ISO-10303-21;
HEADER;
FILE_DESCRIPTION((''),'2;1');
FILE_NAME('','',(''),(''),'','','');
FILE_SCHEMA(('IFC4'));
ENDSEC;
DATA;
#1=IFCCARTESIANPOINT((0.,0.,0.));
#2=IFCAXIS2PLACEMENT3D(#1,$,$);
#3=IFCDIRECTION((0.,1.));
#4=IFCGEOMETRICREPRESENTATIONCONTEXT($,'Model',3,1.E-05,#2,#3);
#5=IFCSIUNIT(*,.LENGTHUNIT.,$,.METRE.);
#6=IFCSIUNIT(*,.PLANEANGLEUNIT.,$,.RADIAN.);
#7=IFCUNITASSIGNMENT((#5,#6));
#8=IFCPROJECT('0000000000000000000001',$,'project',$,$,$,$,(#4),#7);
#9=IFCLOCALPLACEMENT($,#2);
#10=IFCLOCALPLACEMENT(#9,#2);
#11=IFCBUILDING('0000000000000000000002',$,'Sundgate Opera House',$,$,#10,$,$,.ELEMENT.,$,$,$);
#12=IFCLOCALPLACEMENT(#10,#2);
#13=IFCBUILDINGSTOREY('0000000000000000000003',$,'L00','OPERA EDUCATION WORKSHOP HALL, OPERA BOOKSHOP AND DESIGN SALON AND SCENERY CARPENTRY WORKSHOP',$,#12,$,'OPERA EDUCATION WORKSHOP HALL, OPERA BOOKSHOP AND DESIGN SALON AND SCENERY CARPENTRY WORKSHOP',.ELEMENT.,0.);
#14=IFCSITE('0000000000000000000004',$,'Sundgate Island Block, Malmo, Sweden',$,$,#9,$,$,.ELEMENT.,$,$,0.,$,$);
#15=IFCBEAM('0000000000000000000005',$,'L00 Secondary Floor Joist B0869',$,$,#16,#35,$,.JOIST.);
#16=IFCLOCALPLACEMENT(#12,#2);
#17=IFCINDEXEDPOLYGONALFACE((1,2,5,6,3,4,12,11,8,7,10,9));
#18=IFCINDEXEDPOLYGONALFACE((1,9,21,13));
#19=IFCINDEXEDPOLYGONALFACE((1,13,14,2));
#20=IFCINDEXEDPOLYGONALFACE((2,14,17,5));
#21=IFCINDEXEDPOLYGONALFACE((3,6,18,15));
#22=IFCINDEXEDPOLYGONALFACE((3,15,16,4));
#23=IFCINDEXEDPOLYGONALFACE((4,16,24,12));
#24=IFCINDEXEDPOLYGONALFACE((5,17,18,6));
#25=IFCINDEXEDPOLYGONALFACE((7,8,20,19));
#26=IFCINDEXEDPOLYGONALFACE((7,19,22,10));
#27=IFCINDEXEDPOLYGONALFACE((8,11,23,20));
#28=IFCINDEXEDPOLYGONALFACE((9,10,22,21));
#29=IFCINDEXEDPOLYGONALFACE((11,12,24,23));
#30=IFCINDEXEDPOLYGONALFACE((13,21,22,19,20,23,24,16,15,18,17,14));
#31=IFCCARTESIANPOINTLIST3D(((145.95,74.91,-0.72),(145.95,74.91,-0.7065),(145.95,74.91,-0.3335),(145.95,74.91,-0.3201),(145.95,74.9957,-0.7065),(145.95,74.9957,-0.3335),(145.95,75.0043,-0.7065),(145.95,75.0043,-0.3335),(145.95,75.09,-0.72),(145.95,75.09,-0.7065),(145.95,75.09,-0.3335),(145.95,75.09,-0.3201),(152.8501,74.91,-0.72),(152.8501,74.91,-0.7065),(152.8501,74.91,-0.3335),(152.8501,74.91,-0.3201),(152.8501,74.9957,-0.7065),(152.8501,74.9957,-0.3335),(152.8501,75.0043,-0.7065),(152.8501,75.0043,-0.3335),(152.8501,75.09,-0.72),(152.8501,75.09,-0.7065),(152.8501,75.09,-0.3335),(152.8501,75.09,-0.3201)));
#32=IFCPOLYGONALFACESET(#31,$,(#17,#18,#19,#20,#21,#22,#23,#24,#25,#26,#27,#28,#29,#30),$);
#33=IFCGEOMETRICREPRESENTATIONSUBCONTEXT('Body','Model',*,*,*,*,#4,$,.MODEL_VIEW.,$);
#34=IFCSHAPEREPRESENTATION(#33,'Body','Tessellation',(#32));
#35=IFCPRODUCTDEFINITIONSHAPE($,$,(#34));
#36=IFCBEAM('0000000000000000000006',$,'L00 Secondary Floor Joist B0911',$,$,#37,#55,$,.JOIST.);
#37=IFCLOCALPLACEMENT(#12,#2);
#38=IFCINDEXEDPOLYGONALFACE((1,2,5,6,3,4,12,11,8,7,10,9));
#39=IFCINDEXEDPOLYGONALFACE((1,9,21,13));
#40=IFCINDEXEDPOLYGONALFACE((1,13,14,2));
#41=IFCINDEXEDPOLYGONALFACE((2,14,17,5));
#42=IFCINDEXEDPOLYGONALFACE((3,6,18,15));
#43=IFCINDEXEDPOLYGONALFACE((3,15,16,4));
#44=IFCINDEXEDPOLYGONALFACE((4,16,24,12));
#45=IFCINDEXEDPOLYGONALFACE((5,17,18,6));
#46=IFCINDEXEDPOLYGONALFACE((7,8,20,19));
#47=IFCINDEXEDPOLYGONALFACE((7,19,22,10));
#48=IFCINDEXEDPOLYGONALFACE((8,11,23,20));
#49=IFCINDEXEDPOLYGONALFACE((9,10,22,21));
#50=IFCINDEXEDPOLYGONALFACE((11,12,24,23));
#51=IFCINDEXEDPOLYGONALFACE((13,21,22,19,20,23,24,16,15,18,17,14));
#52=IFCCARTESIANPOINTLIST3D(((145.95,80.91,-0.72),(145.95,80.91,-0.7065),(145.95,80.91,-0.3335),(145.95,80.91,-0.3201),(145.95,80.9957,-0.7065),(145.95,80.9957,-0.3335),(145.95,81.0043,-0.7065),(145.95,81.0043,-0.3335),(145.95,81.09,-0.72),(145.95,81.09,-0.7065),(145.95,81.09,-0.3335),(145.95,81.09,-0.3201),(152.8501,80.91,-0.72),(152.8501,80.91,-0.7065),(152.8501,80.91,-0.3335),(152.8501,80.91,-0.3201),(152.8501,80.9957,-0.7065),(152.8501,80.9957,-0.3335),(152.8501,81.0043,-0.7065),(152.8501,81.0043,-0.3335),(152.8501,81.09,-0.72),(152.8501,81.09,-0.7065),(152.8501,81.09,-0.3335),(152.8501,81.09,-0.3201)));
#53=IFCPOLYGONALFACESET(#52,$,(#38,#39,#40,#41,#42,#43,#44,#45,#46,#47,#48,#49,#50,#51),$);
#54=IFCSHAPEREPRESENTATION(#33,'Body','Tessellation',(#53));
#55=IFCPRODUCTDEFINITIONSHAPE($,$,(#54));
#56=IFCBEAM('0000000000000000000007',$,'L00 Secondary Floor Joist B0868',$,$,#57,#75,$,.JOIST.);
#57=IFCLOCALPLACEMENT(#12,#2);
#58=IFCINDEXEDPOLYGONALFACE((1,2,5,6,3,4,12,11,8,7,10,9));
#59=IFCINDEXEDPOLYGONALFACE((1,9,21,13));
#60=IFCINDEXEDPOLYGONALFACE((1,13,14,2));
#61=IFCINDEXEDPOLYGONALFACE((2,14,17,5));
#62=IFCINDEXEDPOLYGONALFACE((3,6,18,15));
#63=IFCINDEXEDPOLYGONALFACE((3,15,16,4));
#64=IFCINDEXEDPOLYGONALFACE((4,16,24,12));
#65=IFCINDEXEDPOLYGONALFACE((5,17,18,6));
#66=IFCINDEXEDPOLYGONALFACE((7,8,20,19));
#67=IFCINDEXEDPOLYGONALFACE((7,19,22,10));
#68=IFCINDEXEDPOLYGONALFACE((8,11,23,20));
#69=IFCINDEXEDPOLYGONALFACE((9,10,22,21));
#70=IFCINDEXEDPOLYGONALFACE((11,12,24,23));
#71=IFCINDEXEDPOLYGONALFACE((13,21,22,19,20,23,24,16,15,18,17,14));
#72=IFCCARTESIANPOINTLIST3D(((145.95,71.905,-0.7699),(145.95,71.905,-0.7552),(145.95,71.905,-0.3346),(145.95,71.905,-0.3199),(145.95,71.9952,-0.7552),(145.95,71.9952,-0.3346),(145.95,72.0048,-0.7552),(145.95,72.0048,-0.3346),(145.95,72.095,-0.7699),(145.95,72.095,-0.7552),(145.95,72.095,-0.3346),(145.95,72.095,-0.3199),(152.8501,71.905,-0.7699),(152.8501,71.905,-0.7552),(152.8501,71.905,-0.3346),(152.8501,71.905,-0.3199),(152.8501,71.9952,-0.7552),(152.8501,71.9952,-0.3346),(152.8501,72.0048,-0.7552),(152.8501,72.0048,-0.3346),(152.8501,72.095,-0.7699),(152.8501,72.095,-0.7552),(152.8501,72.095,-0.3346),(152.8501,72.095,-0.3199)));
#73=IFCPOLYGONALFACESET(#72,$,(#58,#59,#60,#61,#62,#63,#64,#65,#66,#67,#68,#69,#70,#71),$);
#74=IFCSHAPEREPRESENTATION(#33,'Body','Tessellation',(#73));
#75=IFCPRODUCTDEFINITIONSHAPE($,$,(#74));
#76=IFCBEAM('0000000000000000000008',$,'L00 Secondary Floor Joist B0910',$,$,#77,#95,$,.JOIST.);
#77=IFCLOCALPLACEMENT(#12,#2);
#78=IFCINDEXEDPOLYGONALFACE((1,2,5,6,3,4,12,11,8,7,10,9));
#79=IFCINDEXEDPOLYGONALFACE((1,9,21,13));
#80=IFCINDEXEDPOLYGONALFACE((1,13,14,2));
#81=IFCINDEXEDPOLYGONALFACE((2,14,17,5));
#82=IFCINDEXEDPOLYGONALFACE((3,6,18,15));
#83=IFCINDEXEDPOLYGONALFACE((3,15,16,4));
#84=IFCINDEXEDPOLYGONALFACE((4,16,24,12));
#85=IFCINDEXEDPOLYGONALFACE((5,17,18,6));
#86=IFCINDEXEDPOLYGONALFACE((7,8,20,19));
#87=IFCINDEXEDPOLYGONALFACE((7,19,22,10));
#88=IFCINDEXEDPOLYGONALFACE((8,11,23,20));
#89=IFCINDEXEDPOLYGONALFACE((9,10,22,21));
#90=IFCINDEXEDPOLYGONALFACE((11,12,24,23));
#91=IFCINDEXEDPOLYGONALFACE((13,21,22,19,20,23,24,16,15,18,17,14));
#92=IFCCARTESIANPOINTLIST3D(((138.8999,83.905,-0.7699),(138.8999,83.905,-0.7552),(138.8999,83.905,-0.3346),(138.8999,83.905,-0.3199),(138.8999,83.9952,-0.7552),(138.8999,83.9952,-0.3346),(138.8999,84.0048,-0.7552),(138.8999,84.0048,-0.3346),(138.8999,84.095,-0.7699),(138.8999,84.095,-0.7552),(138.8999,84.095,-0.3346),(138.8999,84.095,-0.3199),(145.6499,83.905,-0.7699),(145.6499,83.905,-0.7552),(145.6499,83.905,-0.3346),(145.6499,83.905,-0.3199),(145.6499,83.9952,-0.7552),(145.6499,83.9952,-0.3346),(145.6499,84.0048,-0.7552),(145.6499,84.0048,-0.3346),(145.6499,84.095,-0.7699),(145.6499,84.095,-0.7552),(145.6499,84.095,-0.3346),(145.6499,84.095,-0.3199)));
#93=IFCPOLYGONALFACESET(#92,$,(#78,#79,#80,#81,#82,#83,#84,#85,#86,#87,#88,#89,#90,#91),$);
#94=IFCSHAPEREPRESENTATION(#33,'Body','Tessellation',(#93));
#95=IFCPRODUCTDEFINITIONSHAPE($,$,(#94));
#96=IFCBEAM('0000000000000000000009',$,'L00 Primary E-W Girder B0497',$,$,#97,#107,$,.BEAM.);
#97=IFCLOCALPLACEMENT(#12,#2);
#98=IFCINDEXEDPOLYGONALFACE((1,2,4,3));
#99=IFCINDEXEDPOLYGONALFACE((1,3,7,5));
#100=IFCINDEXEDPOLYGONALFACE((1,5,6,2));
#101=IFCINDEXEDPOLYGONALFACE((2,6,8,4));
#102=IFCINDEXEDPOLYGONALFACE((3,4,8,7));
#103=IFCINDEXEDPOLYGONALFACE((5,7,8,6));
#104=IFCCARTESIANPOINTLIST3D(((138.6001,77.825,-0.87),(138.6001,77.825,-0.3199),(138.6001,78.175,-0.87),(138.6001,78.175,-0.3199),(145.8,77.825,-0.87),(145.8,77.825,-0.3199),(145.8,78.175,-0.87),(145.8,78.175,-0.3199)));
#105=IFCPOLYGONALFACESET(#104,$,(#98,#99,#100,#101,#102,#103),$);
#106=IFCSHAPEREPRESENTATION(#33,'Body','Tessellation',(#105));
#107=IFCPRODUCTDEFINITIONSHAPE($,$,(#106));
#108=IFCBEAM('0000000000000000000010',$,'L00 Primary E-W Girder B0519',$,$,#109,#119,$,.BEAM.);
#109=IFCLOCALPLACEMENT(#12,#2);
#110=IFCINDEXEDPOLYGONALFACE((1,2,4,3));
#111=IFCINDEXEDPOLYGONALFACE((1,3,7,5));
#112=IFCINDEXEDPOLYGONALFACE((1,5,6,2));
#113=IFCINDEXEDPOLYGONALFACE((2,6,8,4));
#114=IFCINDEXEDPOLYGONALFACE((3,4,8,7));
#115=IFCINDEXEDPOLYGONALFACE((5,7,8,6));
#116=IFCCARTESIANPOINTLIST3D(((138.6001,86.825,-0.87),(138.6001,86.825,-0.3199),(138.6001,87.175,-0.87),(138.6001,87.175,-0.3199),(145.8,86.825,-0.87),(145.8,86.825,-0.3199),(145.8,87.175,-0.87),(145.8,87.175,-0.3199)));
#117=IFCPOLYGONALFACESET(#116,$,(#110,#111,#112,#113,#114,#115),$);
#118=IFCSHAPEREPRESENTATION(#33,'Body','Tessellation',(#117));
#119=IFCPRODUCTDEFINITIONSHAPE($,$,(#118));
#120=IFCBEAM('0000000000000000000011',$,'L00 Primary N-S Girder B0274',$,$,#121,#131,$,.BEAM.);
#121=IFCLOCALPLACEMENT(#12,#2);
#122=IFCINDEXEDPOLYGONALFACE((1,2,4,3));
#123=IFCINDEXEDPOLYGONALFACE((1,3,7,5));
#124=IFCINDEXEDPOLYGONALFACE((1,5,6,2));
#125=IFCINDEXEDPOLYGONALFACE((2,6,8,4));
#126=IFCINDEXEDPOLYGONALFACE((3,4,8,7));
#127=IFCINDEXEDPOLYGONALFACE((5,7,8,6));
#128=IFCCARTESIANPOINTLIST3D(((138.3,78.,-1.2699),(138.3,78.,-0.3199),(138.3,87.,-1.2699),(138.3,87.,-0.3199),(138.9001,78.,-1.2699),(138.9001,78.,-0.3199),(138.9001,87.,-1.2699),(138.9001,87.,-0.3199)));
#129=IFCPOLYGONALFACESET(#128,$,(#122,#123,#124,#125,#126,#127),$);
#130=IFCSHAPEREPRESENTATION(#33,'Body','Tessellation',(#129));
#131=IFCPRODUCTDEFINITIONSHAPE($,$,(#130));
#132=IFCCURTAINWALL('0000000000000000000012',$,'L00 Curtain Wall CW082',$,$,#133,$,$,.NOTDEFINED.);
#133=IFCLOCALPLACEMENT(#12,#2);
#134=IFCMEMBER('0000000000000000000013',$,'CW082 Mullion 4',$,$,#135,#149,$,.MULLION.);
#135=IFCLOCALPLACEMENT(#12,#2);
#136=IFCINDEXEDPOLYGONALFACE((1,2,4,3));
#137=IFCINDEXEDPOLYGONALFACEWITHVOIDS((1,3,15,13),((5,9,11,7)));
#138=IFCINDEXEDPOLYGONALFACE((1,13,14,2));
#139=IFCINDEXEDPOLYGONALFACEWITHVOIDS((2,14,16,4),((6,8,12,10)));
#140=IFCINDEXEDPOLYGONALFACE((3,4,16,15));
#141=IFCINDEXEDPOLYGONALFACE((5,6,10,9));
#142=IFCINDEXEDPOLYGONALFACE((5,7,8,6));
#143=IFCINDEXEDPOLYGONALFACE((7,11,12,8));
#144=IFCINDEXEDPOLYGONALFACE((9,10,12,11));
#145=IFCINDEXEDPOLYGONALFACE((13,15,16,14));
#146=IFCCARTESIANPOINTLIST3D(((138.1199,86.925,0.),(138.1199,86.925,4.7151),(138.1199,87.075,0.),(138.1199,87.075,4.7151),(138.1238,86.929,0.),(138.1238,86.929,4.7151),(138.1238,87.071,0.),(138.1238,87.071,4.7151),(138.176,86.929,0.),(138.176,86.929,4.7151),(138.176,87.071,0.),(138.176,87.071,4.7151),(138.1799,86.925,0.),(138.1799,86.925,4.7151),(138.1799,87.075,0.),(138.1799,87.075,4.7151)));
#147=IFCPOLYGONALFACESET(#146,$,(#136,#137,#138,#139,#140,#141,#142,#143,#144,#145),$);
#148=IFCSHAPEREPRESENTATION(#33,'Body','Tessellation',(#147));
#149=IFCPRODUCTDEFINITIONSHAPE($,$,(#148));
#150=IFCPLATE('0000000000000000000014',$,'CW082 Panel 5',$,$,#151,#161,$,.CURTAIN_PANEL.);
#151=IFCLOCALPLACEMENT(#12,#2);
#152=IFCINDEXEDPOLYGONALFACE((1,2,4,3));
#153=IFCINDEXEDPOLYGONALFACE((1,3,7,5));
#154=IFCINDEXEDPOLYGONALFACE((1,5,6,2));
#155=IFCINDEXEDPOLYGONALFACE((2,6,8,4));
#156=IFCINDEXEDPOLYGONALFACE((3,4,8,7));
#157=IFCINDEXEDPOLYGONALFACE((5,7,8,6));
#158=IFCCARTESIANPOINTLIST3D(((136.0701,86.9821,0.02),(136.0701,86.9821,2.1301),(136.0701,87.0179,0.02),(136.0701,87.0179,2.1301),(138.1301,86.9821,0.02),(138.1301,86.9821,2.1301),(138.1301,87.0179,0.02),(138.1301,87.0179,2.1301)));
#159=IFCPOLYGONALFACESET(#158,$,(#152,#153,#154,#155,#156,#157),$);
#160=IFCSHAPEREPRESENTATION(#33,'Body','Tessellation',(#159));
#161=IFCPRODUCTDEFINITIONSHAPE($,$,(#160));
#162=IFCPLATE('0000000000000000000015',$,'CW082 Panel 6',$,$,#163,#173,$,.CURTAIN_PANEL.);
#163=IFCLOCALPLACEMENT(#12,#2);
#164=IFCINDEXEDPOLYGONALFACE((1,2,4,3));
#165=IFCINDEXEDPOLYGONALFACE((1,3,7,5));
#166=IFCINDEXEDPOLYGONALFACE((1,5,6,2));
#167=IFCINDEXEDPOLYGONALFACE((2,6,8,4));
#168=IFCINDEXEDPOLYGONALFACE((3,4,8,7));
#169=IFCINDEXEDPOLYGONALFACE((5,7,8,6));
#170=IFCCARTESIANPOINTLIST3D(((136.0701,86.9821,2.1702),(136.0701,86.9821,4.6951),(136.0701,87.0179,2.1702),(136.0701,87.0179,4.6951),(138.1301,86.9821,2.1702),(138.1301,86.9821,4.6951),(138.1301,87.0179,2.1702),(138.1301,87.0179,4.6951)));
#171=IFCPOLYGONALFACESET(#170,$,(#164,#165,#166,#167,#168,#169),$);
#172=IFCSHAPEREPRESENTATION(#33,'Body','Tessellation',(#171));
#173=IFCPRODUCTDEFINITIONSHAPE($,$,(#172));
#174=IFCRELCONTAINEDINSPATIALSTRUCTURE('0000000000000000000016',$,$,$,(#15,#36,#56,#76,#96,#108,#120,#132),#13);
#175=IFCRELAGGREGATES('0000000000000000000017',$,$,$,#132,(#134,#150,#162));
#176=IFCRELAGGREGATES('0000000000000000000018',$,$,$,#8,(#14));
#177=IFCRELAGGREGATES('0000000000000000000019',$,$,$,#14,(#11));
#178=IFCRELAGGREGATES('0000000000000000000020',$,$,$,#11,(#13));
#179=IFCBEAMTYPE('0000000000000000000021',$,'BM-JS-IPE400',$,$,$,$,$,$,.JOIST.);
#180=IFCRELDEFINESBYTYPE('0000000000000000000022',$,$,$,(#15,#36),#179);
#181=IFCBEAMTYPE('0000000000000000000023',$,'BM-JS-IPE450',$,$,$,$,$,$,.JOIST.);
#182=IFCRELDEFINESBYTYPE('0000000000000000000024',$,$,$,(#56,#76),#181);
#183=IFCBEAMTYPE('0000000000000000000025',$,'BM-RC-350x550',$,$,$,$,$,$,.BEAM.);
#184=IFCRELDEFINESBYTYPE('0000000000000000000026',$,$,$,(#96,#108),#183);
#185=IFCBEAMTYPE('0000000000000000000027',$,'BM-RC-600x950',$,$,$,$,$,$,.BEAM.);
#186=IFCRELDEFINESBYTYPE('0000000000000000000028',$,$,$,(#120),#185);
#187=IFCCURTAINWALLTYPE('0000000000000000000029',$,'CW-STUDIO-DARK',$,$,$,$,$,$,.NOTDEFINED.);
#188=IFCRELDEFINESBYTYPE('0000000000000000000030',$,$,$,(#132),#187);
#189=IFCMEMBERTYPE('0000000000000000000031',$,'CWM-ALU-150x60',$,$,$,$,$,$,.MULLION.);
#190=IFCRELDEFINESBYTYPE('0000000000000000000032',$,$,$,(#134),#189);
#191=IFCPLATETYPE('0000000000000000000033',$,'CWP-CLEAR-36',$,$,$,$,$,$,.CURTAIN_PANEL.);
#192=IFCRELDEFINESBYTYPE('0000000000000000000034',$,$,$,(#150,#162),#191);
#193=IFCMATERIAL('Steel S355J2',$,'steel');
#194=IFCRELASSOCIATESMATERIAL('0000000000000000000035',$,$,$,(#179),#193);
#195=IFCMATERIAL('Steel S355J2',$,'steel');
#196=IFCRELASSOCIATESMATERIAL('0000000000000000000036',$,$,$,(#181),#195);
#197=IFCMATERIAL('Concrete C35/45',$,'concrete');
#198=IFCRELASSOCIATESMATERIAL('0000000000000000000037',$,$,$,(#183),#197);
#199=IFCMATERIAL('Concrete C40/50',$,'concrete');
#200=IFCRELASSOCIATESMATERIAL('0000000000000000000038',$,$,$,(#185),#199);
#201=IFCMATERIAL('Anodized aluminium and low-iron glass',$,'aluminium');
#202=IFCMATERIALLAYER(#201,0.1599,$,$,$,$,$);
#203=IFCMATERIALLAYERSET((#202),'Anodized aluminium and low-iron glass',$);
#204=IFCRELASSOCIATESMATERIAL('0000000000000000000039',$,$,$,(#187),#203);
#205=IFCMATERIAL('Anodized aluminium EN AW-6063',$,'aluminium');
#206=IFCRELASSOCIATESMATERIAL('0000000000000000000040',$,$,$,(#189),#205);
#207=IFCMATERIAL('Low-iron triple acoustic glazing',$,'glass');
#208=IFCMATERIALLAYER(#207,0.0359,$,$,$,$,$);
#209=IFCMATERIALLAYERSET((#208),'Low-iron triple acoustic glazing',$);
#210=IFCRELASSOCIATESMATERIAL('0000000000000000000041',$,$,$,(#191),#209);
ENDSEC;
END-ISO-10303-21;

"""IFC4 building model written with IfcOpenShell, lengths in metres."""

from ifc_helpers import new_model, si_unit, direction, frame, origin, origin_2d, place, context, subcontext, project, spatial, rectangle, hollow_rectangle, i_section, extrude, material, layer, layer_set, material_profile, profile_set, type_object, element, aggregate, save


model = new_model("IFC4")

# Units and contexts
model_context = context("Model", 3, precision=1e-05, world=origin(), true_north=direction((0.0, 1.0)))
body_context = subcontext(model_context, "Body", "Model", "MODEL_VIEW")
ifc_project = project(units=[si_unit("LENGTHUNIT", "METRE"), si_unit("PLANEANGLEUNIT", "RADIAN")], contexts=[model_context])

# Site, building, storey
site_placement = place(None, origin())
site = spatial("IfcSite", under=ifc_project, at=site_placement, Name="Sundgate Island Block, Malmo, Sweden", CompositionType="ELEMENT", RefElevation=0.0)
building_placement = place(site_placement, origin())
building = spatial("IfcBuilding", under=site, at=building_placement, Name="Sundgate Opera House", CompositionType="ELEMENT")
storey_placement = place(building_placement, origin())
storey = spatial("IfcBuildingStorey", under=building, at=storey_placement, Name="L00", Description="OPERA EDUCATION WORKSHOP HALL, OPERA BOOKSHOP AND DESIGN SALON AND SCENERY CARPENTRY WORKSHOP", LongName="OPERA EDUCATION WORKSHOP HALL, OPERA BOOKSHOP AND DESIGN SALON AND SCENERY CARPENTRY WORKSHOP", CompositionType="ELEMENT", Elevation=0.0)

# Beams
ifc_material_1 = material(Name="Steel S355J2", Category="steel")
ifc_material_profile_1 = material_profile(ifc_material_1, i_section(OverallWidth=0.1799, OverallDepth=0.3999, WebThickness=0.0085, FlangeThickness=0.0134, at=origin_2d()), Name="IPE 400")
ifc_profile_set_1 = profile_set([ifc_material_profile_1], Name="Steel S355J2")
beam_type_1 = type_object("IfcBeamType", Name="BM-JS-IPE400", PredefinedType="JOIST", material=ifc_profile_set_1)
for number, where, z_axis, x_axis, name in (
    (1, (145.95, 75.0, -0.52), (1.0, 0.0, 0.0), (0.0, 1.0, 0.0), "L00 Secondary Floor Joist B0869"),
    (2, (145.95, 81.0, -0.52), (1.0, 0.0, 0.0), (0.0, 1.0, 0.0), "L00 Secondary Floor Joist B0911"),
):
    element("IfcBeam", number, at=place(storey_placement, frame(where, z_axis=z_axis, x_axis=x_axis)), inside=storey, type_object=beam_type_1, Name=name, PredefinedType="JOIST", context=body_context, shape_type="SweptSolid", body=[
        extrude(i_section(OverallWidth=0.1799, OverallDepth=0.3999, WebThickness=0.0085, FlangeThickness=0.0134, at=origin_2d()), origin(), (0.0, 0.0, 1.0), 6.9001),
    ])
ifc_material_2 = material(Name="Steel S355J2", Category="steel")
ifc_material_profile_2 = material_profile(ifc_material_2, i_section(OverallWidth=0.1899, OverallDepth=0.45, WebThickness=0.0095, FlangeThickness=0.0146, at=origin_2d()), Name="IPE 450")
ifc_profile_set_2 = profile_set([ifc_material_profile_2], Name="Steel S355J2")
beam_type_2 = type_object("IfcBeamType", Name="BM-JS-IPE450", PredefinedType="JOIST", material=ifc_profile_set_2)
beam_1_placement = place(storey_placement, frame((145.95, 72.0, -0.5449), z_axis=(1.0, 0.0, 0.0), x_axis=(0.0, 1.0, 0.0)))
element("IfcBeam", 3, at=beam_1_placement, inside=storey, type_object=beam_type_2, Name="L00 Secondary Floor Joist B0868", PredefinedType="JOIST", context=body_context, shape_type="SweptSolid", body=[
    extrude(i_section(OverallWidth=0.1899, OverallDepth=0.45, WebThickness=0.0095, FlangeThickness=0.0146, at=origin_2d()), origin(), (0.0, 0.0, 1.0), 6.9001),
])
beam_2_placement = place(storey_placement, frame((138.8999, 84.0, -0.5449), z_axis=(1.0, 0.0, 0.0), x_axis=(0.0, 1.0, 0.0)))
element("IfcBeam", 4, at=beam_2_placement, inside=storey, type_object=beam_type_2, Name="L00 Secondary Floor Joist B0910", PredefinedType="JOIST", context=body_context, shape_type="SweptSolid", body=[
    extrude(i_section(OverallWidth=0.1899, OverallDepth=0.45, WebThickness=0.0095, FlangeThickness=0.0146, at=origin_2d()), origin(), (0.0, 0.0, 1.0), 6.75),
])
ifc_material_3 = material(Name="Concrete C35/45", Category="concrete")
ifc_material_profile_3 = material_profile(ifc_material_3, rectangle(XDim=0.3501, YDim=0.55, at=origin_2d()), Name="RC 350x550")
ifc_profile_set_3 = profile_set([ifc_material_profile_3], Name="Concrete C35/45")
beam_type_3 = type_object("IfcBeamType", Name="BM-RC-350x550", PredefinedType="BEAM", material=ifc_profile_set_3)
for number, where, z_axis, x_axis, name in (
    (5, (138.6001, 78.0, -0.595), (1.0, 0.0, 0.0), (0.0, 1.0, 0.0), "L00 Primary E-W Girder B0497"),
    (6, (138.6001, 87.0, -0.595), (1.0, 0.0, 0.0), (0.0, 1.0, 0.0), "L00 Primary E-W Girder B0519"),
):
    element("IfcBeam", number, at=place(storey_placement, frame(where, z_axis=z_axis, x_axis=x_axis)), inside=storey, type_object=beam_type_3, Name=name, PredefinedType="BEAM", context=body_context, shape_type="SweptSolid", body=[
        extrude(rectangle(XDim=0.3501, YDim=0.55, at=origin_2d()), origin(), (0.0, 0.0, 1.0), 7.2),
    ])
ifc_material_4 = material(Name="Concrete C40/50", Category="concrete")
ifc_material_profile_4 = material_profile(ifc_material_4, rectangle(XDim=0.6001, YDim=0.95, at=origin_2d()), Name="RC 600x950")
ifc_profile_set_4 = profile_set([ifc_material_profile_4], Name="Concrete C40/50")
beam_type_4 = type_object("IfcBeamType", Name="BM-RC-600x950", PredefinedType="BEAM", material=ifc_profile_set_4)
beam_3_placement = place(storey_placement, frame((138.6001, 78.0, -0.7949), z_axis=(0.0, 1.0, 0.0), x_axis=(-1.0, 0.0, 0.0)))
element("IfcBeam", 7, at=beam_3_placement, inside=storey, type_object=beam_type_4, Name="L00 Primary N-S Girder B0274", PredefinedType="BEAM", context=body_context, shape_type="SweptSolid", body=[
    extrude(rectangle(XDim=0.6001, YDim=0.95, at=origin_2d()), origin(), (0.0, 0.0, 1.0), 9.0),
])

# Curtain wall, member, plates
ifc_material_5 = material(Name="Anodized aluminium and low-iron glass", Category="aluminium")
ifc_layer_1 = layer(ifc_material_5, 0.1599)
ifc_layer_set_1 = layer_set([ifc_layer_1], Name="Anodized aluminium and low-iron glass")
curtain_wall_type = type_object("IfcCurtainWallType", Name="CW-STUDIO-DARK", PredefinedType="NOTDEFINED", material=ifc_layer_set_1)
curtain_wall_placement = place(storey_placement, origin())
curtain_wall = element("IfcCurtainWall", 8, at=curtain_wall_placement, inside=storey, type_object=curtain_wall_type, Name="L00 Curtain Wall CW082", PredefinedType="NOTDEFINED")
ifc_material_6 = material(Name="Anodized aluminium EN AW-6063", Category="aluminium")
ifc_material_profile_5 = material_profile(ifc_material_6, hollow_rectangle(XDim=0.0601, YDim=0.1499, WallThickness=0.0039, at=origin_2d()), Name="CWM 150x60x4")
ifc_profile_set_5 = profile_set([ifc_material_profile_5], Name="Anodized aluminium EN AW-6063")
member_type = type_object("IfcMemberType", Name="CWM-ALU-150x60", PredefinedType="MULLION", material=ifc_profile_set_5)
member_placement = place(storey_placement, frame((138.1499, 87.0, 0.0), z_axis=(0.0, 0.0, 1.0), x_axis=(1.0, 0.0, 0.0)))
member = element("IfcMember", 9, at=member_placement, type_object=member_type, Name="CW082 Mullion 4", PredefinedType="MULLION", context=body_context, shape_type="SweptSolid", body=[
    extrude(hollow_rectangle(XDim=0.0601, YDim=0.1499, WallThickness=0.0039, at=origin_2d()), origin(), (0.0, 0.0, 1.0), 4.7151),
])
ifc_material_7 = material(Name="Low-iron triple acoustic glazing", Category="glass")
ifc_layer_2 = layer(ifc_material_7, 0.0359)
ifc_layer_set_2 = layer_set([ifc_layer_2], Name="Low-iron triple acoustic glazing")
plate_type = type_object("IfcPlateType", Name="CWP-CLEAR-36", PredefinedType="CURTAIN_PANEL", material=ifc_layer_set_2)
plate_1_placement = place(storey_placement, frame((137.1001, 87.0, 0.02), z_axis=(0.0, 0.0, 1.0), x_axis=(1.0, 0.0, 0.0)))
plate_1 = element("IfcPlate", 10, at=plate_1_placement, type_object=plate_type, Name="CW082 Panel 5", PredefinedType="CURTAIN_PANEL", context=body_context, shape_type="SweptSolid", body=[
    extrude(rectangle(XDim=2.0601, YDim=0.0359, at=origin_2d()), origin(), (0.0, 0.0, 1.0), 2.1101),
])
plate_2_placement = place(storey_placement, frame((137.1001, 87.0, 2.1702), z_axis=(0.0, 0.0, 1.0), x_axis=(1.0, 0.0, 0.0)))
plate_2 = element("IfcPlate", 11, at=plate_2_placement, type_object=plate_type, Name="CW082 Panel 6", PredefinedType="CURTAIN_PANEL", context=body_context, shape_type="SweptSolid", body=[
    extrude(rectangle(XDim=2.0601, YDim=0.0359, at=origin_2d()), origin(), (0.0, 0.0, 1.0), 2.5249),
])
aggregate(curtain_wall, [member, plate_1, plate_2])

save(model, "model.ifc")
